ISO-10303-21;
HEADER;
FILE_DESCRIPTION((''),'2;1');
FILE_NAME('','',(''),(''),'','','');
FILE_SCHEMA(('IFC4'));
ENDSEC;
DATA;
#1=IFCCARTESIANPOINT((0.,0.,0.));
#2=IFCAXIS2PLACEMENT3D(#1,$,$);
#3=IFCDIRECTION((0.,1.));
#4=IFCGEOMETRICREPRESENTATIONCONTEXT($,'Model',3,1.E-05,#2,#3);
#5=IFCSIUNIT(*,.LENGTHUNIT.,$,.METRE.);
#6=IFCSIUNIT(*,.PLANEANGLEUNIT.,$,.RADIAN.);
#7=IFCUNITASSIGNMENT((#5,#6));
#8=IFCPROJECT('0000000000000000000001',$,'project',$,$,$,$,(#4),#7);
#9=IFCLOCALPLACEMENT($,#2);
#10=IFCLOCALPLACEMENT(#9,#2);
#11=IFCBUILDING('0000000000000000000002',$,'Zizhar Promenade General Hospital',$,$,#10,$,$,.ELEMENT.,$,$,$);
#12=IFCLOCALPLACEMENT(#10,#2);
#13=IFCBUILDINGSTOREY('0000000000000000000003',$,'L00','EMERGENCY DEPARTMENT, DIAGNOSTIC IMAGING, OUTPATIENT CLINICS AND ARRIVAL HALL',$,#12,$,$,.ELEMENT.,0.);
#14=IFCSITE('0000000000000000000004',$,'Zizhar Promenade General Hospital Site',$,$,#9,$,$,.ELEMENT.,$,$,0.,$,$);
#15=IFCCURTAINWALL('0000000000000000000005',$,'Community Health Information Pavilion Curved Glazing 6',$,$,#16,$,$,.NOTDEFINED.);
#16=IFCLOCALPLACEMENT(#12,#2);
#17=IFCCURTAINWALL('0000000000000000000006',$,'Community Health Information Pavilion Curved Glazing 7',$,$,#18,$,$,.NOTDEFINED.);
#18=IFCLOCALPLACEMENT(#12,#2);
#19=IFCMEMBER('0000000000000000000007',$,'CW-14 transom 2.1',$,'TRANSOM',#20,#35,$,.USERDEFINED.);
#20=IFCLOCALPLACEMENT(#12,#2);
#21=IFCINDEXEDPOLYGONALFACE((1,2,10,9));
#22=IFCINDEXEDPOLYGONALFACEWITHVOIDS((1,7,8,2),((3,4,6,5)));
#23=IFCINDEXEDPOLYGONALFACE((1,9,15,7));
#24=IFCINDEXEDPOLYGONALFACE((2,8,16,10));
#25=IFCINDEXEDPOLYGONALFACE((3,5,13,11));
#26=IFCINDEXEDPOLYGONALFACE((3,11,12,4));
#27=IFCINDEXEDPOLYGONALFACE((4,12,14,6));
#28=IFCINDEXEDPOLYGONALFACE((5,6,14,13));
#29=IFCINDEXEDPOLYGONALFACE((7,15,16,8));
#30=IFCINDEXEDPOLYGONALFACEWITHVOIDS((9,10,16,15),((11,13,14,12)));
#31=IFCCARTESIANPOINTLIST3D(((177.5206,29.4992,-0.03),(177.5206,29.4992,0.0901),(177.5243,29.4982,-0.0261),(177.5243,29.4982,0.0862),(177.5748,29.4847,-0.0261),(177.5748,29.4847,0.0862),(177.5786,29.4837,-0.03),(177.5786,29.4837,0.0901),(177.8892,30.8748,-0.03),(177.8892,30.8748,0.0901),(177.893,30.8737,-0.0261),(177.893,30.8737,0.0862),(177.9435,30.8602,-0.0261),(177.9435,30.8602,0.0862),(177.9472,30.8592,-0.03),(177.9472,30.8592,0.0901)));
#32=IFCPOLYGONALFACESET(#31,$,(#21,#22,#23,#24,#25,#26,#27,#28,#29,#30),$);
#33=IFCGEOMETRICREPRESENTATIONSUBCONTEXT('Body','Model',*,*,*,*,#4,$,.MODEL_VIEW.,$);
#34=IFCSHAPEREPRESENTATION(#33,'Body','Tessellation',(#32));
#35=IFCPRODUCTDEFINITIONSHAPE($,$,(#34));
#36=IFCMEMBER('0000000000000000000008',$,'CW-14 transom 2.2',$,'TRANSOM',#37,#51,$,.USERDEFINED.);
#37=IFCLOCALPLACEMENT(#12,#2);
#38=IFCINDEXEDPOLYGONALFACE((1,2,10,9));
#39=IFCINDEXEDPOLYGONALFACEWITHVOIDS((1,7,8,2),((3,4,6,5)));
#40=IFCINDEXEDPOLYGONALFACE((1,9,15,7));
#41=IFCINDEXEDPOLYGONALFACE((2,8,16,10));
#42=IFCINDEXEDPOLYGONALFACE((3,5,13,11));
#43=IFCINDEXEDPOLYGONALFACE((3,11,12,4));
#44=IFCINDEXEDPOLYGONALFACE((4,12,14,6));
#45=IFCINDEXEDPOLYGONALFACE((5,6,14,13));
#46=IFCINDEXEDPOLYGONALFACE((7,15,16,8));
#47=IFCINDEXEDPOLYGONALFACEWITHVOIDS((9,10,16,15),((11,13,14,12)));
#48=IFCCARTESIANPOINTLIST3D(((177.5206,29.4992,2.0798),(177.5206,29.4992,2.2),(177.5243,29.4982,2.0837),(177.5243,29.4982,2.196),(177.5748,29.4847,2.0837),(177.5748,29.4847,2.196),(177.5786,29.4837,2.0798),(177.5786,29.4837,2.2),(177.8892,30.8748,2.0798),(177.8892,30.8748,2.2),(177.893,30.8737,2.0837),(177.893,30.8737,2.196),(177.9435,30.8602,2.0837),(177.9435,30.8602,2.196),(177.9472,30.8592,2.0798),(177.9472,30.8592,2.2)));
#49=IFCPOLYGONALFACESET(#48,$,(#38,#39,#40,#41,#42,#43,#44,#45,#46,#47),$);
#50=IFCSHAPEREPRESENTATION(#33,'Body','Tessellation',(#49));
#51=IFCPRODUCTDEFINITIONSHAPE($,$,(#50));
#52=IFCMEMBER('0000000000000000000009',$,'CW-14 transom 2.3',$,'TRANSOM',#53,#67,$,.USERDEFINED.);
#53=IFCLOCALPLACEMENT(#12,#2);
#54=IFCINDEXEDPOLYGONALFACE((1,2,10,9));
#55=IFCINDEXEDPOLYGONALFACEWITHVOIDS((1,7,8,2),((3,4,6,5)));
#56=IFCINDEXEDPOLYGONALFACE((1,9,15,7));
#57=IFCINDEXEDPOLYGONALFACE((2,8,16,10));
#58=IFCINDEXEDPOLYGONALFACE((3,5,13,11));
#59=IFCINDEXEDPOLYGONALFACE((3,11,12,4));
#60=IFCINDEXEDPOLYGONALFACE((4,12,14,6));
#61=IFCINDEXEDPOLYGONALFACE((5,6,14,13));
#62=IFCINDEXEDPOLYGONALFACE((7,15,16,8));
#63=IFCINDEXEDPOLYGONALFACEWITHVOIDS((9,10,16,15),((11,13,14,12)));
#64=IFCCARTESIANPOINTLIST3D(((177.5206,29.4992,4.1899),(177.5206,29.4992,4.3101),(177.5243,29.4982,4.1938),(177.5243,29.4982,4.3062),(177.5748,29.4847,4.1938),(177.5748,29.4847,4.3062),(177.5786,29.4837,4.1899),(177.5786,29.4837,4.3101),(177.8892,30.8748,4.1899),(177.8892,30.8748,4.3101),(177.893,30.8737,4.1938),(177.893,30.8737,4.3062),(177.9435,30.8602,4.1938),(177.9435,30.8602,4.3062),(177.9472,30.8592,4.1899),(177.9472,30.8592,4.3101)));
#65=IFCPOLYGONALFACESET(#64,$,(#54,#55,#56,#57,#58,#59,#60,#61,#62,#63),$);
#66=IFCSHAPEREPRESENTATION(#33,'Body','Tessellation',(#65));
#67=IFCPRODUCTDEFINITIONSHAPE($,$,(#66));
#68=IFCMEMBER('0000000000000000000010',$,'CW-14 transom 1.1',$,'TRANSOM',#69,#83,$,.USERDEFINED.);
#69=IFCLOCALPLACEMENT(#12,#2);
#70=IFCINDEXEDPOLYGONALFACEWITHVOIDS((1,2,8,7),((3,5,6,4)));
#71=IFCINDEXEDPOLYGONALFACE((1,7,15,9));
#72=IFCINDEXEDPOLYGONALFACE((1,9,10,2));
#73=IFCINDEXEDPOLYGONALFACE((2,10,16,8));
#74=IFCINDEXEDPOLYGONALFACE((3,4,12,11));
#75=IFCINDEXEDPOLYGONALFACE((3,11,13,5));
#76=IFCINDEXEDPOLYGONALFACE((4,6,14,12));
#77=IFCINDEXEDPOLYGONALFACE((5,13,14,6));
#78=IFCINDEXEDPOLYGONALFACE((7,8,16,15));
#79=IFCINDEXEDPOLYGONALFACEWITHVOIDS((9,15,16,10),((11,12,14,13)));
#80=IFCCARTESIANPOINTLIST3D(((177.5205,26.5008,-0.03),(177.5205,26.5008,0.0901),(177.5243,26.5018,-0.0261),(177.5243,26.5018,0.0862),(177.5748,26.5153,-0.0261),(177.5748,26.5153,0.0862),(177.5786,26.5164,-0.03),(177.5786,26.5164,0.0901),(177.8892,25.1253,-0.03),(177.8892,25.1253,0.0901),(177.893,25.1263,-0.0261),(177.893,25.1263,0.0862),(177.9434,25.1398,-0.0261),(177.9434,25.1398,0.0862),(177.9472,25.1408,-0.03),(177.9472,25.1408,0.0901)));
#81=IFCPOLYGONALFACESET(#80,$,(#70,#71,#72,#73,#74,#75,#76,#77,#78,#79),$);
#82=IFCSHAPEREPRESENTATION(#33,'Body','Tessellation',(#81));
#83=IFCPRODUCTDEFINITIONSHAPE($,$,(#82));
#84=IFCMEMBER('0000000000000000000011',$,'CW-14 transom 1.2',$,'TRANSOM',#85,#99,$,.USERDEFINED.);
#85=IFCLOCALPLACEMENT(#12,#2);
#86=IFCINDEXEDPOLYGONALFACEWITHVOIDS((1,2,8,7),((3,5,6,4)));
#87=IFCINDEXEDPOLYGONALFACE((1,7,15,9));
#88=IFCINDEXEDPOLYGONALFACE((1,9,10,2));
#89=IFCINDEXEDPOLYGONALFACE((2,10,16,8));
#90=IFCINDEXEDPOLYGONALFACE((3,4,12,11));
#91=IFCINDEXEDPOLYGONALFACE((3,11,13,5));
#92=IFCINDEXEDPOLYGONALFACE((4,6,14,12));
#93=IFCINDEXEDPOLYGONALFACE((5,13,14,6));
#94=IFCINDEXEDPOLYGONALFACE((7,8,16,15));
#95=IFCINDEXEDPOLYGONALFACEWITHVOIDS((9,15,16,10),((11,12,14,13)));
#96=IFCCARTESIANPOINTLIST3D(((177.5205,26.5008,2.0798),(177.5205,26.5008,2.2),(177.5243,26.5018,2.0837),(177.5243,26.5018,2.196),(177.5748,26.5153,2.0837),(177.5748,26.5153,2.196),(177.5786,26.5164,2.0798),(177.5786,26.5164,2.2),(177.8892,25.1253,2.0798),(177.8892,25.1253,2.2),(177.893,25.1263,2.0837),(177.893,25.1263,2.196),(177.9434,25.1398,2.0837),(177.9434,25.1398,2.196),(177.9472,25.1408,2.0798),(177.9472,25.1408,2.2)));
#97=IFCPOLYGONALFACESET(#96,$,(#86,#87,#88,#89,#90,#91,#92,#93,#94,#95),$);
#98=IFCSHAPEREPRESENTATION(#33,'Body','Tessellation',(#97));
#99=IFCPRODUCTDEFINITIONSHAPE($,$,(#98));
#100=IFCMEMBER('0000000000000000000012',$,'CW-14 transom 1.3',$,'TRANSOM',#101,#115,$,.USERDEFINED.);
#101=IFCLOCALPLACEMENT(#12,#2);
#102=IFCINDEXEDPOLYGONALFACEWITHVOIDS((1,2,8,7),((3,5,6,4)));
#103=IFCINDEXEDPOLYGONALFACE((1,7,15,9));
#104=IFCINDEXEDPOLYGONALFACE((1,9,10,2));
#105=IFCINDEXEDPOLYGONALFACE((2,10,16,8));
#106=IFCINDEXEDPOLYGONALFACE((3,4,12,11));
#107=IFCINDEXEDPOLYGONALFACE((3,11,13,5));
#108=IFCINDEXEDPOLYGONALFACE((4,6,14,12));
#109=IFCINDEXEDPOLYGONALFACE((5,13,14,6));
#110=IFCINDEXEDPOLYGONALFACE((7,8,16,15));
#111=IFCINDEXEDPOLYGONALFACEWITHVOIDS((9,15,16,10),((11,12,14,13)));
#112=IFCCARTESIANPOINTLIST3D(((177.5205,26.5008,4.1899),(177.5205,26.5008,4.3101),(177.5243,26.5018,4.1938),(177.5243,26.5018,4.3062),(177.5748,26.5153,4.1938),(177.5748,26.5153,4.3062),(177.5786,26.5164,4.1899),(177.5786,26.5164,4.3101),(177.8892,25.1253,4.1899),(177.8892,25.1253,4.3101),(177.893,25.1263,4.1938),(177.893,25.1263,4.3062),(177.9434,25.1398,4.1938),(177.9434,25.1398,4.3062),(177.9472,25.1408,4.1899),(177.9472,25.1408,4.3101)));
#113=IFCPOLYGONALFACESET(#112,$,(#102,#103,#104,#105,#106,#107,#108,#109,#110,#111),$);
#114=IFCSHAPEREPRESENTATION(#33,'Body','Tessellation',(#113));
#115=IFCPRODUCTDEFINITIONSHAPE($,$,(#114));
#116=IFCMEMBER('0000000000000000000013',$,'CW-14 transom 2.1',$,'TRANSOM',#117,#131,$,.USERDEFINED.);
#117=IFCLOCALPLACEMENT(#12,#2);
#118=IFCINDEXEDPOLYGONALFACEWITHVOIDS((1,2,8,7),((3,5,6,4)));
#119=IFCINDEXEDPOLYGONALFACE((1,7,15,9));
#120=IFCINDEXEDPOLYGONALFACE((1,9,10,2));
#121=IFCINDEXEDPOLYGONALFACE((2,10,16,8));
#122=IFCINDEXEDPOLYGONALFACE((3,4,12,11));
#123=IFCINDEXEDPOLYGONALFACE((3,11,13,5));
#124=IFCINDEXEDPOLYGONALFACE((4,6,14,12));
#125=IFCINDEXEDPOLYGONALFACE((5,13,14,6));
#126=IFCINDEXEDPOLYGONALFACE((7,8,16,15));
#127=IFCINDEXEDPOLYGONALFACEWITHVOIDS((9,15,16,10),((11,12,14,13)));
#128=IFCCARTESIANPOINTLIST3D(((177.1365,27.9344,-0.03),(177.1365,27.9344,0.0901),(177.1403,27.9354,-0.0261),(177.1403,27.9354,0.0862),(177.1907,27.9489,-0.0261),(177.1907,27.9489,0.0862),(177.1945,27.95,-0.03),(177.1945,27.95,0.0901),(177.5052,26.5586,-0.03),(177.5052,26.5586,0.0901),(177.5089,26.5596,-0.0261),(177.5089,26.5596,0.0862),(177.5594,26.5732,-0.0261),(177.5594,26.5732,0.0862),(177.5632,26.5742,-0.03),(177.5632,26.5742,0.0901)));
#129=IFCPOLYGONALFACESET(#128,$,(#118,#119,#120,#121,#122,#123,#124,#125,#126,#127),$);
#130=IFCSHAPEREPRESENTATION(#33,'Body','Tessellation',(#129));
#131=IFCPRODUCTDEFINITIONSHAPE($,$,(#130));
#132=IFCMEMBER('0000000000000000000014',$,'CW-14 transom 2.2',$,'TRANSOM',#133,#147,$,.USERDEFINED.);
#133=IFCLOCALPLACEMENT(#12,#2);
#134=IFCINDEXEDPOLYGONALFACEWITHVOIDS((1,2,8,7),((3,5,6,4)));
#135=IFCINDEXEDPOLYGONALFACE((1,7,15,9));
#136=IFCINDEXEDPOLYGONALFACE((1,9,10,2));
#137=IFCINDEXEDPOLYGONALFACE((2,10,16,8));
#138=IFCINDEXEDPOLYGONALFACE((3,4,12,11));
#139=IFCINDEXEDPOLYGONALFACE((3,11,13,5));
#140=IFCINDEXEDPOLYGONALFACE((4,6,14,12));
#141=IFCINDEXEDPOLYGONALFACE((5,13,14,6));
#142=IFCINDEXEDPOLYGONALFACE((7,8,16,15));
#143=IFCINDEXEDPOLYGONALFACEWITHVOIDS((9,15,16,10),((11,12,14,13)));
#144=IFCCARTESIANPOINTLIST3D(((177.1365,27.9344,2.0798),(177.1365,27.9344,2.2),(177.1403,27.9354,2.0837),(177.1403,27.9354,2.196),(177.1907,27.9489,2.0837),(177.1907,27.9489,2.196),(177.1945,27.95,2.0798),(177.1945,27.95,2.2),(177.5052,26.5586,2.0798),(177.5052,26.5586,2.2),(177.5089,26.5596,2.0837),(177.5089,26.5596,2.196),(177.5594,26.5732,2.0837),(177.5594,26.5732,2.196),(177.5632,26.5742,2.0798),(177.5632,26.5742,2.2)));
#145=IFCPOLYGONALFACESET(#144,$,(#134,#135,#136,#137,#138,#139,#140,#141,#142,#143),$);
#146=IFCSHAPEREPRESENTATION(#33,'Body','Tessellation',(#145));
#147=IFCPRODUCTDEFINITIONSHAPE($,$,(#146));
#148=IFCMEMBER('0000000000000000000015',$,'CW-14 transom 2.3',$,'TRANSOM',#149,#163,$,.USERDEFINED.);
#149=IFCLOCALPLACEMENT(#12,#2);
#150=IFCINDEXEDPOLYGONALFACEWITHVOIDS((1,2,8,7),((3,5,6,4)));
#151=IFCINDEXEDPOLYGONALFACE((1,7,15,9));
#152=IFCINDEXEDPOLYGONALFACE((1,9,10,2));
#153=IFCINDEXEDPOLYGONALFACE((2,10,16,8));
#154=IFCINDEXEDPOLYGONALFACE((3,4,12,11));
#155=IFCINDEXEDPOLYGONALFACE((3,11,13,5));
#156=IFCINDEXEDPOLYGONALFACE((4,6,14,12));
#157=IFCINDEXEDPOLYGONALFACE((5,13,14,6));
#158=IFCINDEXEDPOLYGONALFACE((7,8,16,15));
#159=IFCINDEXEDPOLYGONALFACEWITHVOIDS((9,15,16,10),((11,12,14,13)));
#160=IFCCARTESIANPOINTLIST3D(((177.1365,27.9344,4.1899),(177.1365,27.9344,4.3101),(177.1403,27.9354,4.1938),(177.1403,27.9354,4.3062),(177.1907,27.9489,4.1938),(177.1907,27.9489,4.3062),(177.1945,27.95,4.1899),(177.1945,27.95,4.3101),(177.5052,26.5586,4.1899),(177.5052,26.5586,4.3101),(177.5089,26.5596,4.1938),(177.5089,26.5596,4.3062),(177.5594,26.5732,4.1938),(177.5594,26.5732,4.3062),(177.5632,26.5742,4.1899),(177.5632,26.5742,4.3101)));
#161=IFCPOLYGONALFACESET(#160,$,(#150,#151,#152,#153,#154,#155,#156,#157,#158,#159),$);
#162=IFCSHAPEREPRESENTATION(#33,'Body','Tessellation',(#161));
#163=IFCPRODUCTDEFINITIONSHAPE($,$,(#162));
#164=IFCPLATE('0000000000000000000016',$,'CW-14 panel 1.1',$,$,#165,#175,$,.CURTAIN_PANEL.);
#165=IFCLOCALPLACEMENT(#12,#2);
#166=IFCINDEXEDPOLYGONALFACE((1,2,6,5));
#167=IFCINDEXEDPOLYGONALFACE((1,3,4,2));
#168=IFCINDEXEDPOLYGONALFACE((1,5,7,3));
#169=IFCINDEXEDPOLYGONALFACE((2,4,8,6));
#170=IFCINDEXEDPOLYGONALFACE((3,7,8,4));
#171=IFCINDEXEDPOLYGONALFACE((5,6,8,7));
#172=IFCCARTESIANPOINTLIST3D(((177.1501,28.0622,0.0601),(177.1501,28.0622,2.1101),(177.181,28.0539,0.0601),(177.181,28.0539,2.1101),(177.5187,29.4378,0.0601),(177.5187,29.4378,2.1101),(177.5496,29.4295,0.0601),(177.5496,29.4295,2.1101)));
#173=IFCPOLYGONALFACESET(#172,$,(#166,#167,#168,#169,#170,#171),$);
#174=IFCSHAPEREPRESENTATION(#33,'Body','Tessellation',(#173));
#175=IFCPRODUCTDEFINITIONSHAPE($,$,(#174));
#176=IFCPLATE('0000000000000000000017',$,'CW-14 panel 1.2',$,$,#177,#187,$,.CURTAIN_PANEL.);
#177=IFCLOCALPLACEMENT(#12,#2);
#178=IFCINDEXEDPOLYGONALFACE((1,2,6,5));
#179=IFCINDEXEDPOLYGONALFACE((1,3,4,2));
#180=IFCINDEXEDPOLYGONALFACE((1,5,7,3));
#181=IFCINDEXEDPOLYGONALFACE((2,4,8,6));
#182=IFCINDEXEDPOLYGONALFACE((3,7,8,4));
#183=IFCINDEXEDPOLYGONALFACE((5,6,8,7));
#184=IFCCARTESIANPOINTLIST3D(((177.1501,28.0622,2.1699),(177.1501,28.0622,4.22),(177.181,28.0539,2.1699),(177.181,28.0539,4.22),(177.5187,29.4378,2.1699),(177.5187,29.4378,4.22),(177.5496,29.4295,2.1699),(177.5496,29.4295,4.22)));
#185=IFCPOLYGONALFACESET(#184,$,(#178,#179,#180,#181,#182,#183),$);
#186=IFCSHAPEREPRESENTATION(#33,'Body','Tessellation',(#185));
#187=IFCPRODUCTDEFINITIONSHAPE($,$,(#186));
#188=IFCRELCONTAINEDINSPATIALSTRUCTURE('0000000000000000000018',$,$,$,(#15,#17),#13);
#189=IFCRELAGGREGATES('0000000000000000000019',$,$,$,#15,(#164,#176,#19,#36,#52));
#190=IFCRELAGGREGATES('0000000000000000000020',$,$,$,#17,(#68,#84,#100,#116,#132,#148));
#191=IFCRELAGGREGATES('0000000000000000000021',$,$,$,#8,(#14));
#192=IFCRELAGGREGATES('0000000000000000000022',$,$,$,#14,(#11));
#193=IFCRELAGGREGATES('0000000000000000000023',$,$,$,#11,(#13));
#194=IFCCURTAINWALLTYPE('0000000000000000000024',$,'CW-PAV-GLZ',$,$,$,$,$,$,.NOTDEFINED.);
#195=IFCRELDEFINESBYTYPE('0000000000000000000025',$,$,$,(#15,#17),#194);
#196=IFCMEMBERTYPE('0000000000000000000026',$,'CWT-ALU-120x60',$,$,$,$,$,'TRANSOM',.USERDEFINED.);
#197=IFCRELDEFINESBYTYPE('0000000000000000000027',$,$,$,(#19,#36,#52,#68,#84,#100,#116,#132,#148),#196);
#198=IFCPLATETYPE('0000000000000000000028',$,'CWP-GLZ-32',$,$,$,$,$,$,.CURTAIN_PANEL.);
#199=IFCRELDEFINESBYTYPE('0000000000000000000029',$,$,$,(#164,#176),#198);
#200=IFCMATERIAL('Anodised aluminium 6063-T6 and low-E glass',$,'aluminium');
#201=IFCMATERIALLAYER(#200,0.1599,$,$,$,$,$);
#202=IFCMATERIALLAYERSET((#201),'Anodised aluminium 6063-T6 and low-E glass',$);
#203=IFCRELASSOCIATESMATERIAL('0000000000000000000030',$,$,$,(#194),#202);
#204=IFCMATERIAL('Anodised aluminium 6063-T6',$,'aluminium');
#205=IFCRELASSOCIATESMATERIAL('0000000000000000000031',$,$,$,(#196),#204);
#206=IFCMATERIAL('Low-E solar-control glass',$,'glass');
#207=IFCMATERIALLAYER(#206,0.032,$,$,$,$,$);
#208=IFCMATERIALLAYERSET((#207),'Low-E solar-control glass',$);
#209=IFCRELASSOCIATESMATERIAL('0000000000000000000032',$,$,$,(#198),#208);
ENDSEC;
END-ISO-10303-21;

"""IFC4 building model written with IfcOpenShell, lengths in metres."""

from ifc_helpers import new_model, si_unit, direction, frame, origin, origin_2d, place, context, subcontext, project, spatial, rectangle, hollow_rectangle, extrude, material, layer, layer_set, material_profile, profile_set, type_object, element, aggregate, save


model = new_model("IFC4")

# Units and contexts
model_context = context("Model", 3, precision=1e-05, world=origin(), true_north=direction((0.0, 1.0)))
body_context = subcontext(model_context, "Body", "Model", "MODEL_VIEW")
ifc_project = project(units=[si_unit("LENGTHUNIT", "METRE"), si_unit("PLANEANGLEUNIT", "RADIAN")], contexts=[model_context])

# Site, building, storey
site_placement = place(None, origin())
site = spatial("IfcSite", under=ifc_project, at=site_placement, Name="Zizhar Promenade General Hospital Site", CompositionType="ELEMENT", RefElevation=0.0)
building_placement = place(site_placement, origin())
building = spatial("IfcBuilding", under=site, at=building_placement, Name="Zizhar Promenade General Hospital", CompositionType="ELEMENT")
storey_placement = place(building_placement, origin())
storey = spatial("IfcBuildingStorey", under=building, at=storey_placement, Name="L00", Description="EMERGENCY DEPARTMENT, DIAGNOSTIC IMAGING, OUTPATIENT CLINICS AND ARRIVAL HALL", CompositionType="ELEMENT", Elevation=0.0)

# Curtain wall
ifc_material_1 = material(Name="Anodised aluminium 6063-T6 and low-E glass", Category="aluminium")
ifc_layer_1 = layer(ifc_material_1, 0.1599)
ifc_layer_set_1 = layer_set([ifc_layer_1], Name="Anodised aluminium 6063-T6 and low-E glass")
curtain_wall_type = type_object("IfcCurtainWallType", Name="CW-PAV-GLZ", PredefinedType="NOTDEFINED", material=ifc_layer_set_1)
curtain_wall_1_placement = place(storey_placement, origin())
curtain_wall_1 = element("IfcCurtainWall", 1, at=curtain_wall_1_placement, inside=storey, type_object=curtain_wall_type, Name="Community Health Information Pavilion Curved Glazing 6", PredefinedType="NOTDEFINED")

# Curtain wall
curtain_wall_2_placement = place(storey_placement, origin())
curtain_wall_2 = element("IfcCurtainWall", 2, at=curtain_wall_2_placement, inside=storey, type_object=curtain_wall_type, Name="Community Health Information Pavilion Curved Glazing 7", PredefinedType="NOTDEFINED")

# Members
ifc_material_2 = material(Name="Anodised aluminium 6063-T6", Category="aluminium")
ifc_material_profile_1 = material_profile(ifc_material_2, hollow_rectangle(XDim=0.0601, YDim=0.1201, WallThickness=0.0039, at=origin_2d()))
ifc_profile_set_1 = profile_set([ifc_material_profile_1], Name="Anodised aluminium 6063-T6")
member_type_1 = type_object("IfcMemberType", Name="CWT-ALU-120x60", ElementType="TRANSOM", PredefinedType="USERDEFINED", material=ifc_profile_set_1)
member_1_placement = place(storey_placement, frame((177.5496, 29.4915, 0.03), z_axis=(0.258879, 0.96591, 0.0), x_axis=(-0.96591, 0.258879, 0.0)))
member_1 = element("IfcMember", 3, at=member_1_placement, type_object=member_type_1, Name="CW-14 transom 2.1", ObjectType="TRANSOM", PredefinedType="USERDEFINED", context=body_context, shape_type="SweptSolid", body=[
    extrude(hollow_rectangle(XDim=0.0601, YDim=0.1201, WallThickness=0.0039, at=origin_2d()), origin(), (0.0, 0.0, 1.0), 1.4241),
])
member_2_placement = place(storey_placement, frame((177.5496, 29.4915, 2.1399), z_axis=(0.258879, 0.96591, 0.0), x_axis=(-0.96591, 0.258879, 0.0)))
member_2 = element("IfcMember", 4, at=member_2_placement, type_object=member_type_1, Name="CW-14 transom 2.2", ObjectType="TRANSOM", PredefinedType="USERDEFINED", context=body_context, shape_type="SweptSolid", body=[
    extrude(hollow_rectangle(XDim=0.0601, YDim=0.1201, WallThickness=0.0039, at=origin_2d()), origin(), (0.0, 0.0, 1.0), 1.4241),
])
member_3_placement = place(storey_placement, frame((177.5496, 29.4915, 4.25), z_axis=(0.258879, 0.96591, 0.0), x_axis=(-0.96591, 0.258879, 0.0)))
member_3 = element("IfcMember", 5, at=member_3_placement, type_object=member_type_1, Name="CW-14 transom 2.3", ObjectType="TRANSOM", PredefinedType="USERDEFINED", context=body_context, shape_type="SweptSolid", body=[
    extrude(hollow_rectangle(XDim=0.0601, YDim=0.1201, WallThickness=0.0039, at=origin_2d()), origin(), (0.0, 0.0, 1.0), 1.4241),
])
member_4_placement = place(storey_placement, frame((177.9182, 25.1331, 0.03), z_axis=(-0.258879, 0.96591, 0.0), x_axis=(-0.96591, -0.258879, 0.0)))
member_4 = element("IfcMember", 6, at=member_4_placement, type_object=member_type_1, Name="CW-14 transom 1.1", ObjectType="TRANSOM", PredefinedType="USERDEFINED", context=body_context, shape_type="SweptSolid", body=[
    extrude(hollow_rectangle(XDim=0.0601, YDim=0.1201, WallThickness=0.0039, at=origin_2d()), origin(), (0.0, 0.0, 1.0), 1.4241),
])
member_5_placement = place(storey_placement, frame((177.9182, 25.1331, 2.1399), z_axis=(-0.258879, 0.96591, 0.0), x_axis=(-0.96591, -0.258879, 0.0)))
member_5 = element("IfcMember", 7, at=member_5_placement, type_object=member_type_1, Name="CW-14 transom 1.2", ObjectType="TRANSOM", PredefinedType="USERDEFINED", context=body_context, shape_type="SweptSolid", body=[
    extrude(hollow_rectangle(XDim=0.0601, YDim=0.1201, WallThickness=0.0039, at=origin_2d()), origin(), (0.0, 0.0, 1.0), 1.4241),
])
member_6_placement = place(storey_placement, frame((177.9182, 25.1331, 4.25), z_axis=(-0.258879, 0.96591, 0.0), x_axis=(-0.96591, -0.258879, 0.0)))
member_6 = element("IfcMember", 8, at=member_6_placement, type_object=member_type_1, Name="CW-14 transom 1.3", ObjectType="TRANSOM", PredefinedType="USERDEFINED", context=body_context, shape_type="SweptSolid", body=[
    extrude(hollow_rectangle(XDim=0.0601, YDim=0.1201, WallThickness=0.0039, at=origin_2d()), origin(), (0.0, 0.0, 1.0), 1.4241),
])
member_7_placement = place(storey_placement, frame((177.5342, 26.5664, 0.03), z_axis=(-0.258836, 0.965921, 0.0), x_axis=(-0.965921, -0.258836, 0.0)))
member_7 = element("IfcMember", 9, at=member_7_placement, type_object=member_type_1, Name="CW-14 transom 2.1", ObjectType="TRANSOM", PredefinedType="USERDEFINED", context=body_context, shape_type="SweptSolid", body=[
    extrude(hollow_rectangle(XDim=0.0601, YDim=0.1201, WallThickness=0.0039, at=origin_2d()), origin(), (0.0, 0.0, 1.0), 1.4243),
])
member_8_placement = place(storey_placement, frame((177.5342, 26.5664, 2.1399), z_axis=(-0.258836, 0.965921, 0.0), x_axis=(-0.965921, -0.258836, 0.0)))
member_8 = element("IfcMember", 10, at=member_8_placement, type_object=member_type_1, Name="CW-14 transom 2.2", ObjectType="TRANSOM", PredefinedType="USERDEFINED", context=body_context, shape_type="SweptSolid", body=[
    extrude(hollow_rectangle(XDim=0.0601, YDim=0.1201, WallThickness=0.0039, at=origin_2d()), origin(), (0.0, 0.0, 1.0), 1.4243),
])
member_9_placement = place(storey_placement, frame((177.5342, 26.5664, 4.25), z_axis=(-0.258836, 0.965921, 0.0), x_axis=(-0.965921, -0.258836, 0.0)))
member_9 = element("IfcMember", 11, at=member_9_placement, type_object=member_type_1, Name="CW-14 transom 2.3", ObjectType="TRANSOM", PredefinedType="USERDEFINED", context=body_context, shape_type="SweptSolid", body=[
    extrude(hollow_rectangle(XDim=0.0601, YDim=0.1201, WallThickness=0.0039, at=origin_2d()), origin(), (0.0, 0.0, 1.0), 1.4243),
])

# Plates
ifc_material_3 = material(Name="Low-E solar-control glass", Category="glass")
ifc_layer_2 = layer(ifc_material_3, 0.032)
ifc_layer_set_2 = layer_set([ifc_layer_2], Name="Low-E solar-control glass")
plate_type = type_object("IfcPlateType", Name="CWP-GLZ-32", PredefinedType="CURTAIN_PANEL", material=ifc_layer_set_2)
plate_1_placement = place(storey_placement, frame((177.3499, 28.7458, 0.0601), z_axis=(0.0, 0.0, 1.0), x_axis=(0.258834, 0.965922, 0.0)))
plate_1 = element("IfcPlate", 12, at=plate_1_placement, type_object=plate_type, Name="CW-14 panel 1.1", PredefinedType="CURTAIN_PANEL", context=body_context, shape_type="SweptSolid", body=[
    extrude(rectangle(XDim=1.4241, YDim=0.032, at=origin_2d()), origin(), (0.0, 0.0, 1.0), 2.05),
])
plate_2_placement = place(storey_placement, frame((177.3499, 28.7458, 2.1699), z_axis=(0.0, 0.0, 1.0), x_axis=(0.258834, 0.965922, 0.0)))
plate_2 = element("IfcPlate", 13, at=plate_2_placement, type_object=plate_type, Name="CW-14 panel 1.2", PredefinedType="CURTAIN_PANEL", context=body_context, shape_type="SweptSolid", body=[
    extrude(rectangle(XDim=1.4241, YDim=0.032, at=origin_2d()), origin(), (0.0, 0.0, 1.0), 2.05),
])
aggregate(curtain_wall_1, [plate_1, plate_2, member_1, member_2, member_3])
aggregate(curtain_wall_2, [member_4, member_5, member_6, member_7, member_8, member_9])

save(model, "model.ifc")
